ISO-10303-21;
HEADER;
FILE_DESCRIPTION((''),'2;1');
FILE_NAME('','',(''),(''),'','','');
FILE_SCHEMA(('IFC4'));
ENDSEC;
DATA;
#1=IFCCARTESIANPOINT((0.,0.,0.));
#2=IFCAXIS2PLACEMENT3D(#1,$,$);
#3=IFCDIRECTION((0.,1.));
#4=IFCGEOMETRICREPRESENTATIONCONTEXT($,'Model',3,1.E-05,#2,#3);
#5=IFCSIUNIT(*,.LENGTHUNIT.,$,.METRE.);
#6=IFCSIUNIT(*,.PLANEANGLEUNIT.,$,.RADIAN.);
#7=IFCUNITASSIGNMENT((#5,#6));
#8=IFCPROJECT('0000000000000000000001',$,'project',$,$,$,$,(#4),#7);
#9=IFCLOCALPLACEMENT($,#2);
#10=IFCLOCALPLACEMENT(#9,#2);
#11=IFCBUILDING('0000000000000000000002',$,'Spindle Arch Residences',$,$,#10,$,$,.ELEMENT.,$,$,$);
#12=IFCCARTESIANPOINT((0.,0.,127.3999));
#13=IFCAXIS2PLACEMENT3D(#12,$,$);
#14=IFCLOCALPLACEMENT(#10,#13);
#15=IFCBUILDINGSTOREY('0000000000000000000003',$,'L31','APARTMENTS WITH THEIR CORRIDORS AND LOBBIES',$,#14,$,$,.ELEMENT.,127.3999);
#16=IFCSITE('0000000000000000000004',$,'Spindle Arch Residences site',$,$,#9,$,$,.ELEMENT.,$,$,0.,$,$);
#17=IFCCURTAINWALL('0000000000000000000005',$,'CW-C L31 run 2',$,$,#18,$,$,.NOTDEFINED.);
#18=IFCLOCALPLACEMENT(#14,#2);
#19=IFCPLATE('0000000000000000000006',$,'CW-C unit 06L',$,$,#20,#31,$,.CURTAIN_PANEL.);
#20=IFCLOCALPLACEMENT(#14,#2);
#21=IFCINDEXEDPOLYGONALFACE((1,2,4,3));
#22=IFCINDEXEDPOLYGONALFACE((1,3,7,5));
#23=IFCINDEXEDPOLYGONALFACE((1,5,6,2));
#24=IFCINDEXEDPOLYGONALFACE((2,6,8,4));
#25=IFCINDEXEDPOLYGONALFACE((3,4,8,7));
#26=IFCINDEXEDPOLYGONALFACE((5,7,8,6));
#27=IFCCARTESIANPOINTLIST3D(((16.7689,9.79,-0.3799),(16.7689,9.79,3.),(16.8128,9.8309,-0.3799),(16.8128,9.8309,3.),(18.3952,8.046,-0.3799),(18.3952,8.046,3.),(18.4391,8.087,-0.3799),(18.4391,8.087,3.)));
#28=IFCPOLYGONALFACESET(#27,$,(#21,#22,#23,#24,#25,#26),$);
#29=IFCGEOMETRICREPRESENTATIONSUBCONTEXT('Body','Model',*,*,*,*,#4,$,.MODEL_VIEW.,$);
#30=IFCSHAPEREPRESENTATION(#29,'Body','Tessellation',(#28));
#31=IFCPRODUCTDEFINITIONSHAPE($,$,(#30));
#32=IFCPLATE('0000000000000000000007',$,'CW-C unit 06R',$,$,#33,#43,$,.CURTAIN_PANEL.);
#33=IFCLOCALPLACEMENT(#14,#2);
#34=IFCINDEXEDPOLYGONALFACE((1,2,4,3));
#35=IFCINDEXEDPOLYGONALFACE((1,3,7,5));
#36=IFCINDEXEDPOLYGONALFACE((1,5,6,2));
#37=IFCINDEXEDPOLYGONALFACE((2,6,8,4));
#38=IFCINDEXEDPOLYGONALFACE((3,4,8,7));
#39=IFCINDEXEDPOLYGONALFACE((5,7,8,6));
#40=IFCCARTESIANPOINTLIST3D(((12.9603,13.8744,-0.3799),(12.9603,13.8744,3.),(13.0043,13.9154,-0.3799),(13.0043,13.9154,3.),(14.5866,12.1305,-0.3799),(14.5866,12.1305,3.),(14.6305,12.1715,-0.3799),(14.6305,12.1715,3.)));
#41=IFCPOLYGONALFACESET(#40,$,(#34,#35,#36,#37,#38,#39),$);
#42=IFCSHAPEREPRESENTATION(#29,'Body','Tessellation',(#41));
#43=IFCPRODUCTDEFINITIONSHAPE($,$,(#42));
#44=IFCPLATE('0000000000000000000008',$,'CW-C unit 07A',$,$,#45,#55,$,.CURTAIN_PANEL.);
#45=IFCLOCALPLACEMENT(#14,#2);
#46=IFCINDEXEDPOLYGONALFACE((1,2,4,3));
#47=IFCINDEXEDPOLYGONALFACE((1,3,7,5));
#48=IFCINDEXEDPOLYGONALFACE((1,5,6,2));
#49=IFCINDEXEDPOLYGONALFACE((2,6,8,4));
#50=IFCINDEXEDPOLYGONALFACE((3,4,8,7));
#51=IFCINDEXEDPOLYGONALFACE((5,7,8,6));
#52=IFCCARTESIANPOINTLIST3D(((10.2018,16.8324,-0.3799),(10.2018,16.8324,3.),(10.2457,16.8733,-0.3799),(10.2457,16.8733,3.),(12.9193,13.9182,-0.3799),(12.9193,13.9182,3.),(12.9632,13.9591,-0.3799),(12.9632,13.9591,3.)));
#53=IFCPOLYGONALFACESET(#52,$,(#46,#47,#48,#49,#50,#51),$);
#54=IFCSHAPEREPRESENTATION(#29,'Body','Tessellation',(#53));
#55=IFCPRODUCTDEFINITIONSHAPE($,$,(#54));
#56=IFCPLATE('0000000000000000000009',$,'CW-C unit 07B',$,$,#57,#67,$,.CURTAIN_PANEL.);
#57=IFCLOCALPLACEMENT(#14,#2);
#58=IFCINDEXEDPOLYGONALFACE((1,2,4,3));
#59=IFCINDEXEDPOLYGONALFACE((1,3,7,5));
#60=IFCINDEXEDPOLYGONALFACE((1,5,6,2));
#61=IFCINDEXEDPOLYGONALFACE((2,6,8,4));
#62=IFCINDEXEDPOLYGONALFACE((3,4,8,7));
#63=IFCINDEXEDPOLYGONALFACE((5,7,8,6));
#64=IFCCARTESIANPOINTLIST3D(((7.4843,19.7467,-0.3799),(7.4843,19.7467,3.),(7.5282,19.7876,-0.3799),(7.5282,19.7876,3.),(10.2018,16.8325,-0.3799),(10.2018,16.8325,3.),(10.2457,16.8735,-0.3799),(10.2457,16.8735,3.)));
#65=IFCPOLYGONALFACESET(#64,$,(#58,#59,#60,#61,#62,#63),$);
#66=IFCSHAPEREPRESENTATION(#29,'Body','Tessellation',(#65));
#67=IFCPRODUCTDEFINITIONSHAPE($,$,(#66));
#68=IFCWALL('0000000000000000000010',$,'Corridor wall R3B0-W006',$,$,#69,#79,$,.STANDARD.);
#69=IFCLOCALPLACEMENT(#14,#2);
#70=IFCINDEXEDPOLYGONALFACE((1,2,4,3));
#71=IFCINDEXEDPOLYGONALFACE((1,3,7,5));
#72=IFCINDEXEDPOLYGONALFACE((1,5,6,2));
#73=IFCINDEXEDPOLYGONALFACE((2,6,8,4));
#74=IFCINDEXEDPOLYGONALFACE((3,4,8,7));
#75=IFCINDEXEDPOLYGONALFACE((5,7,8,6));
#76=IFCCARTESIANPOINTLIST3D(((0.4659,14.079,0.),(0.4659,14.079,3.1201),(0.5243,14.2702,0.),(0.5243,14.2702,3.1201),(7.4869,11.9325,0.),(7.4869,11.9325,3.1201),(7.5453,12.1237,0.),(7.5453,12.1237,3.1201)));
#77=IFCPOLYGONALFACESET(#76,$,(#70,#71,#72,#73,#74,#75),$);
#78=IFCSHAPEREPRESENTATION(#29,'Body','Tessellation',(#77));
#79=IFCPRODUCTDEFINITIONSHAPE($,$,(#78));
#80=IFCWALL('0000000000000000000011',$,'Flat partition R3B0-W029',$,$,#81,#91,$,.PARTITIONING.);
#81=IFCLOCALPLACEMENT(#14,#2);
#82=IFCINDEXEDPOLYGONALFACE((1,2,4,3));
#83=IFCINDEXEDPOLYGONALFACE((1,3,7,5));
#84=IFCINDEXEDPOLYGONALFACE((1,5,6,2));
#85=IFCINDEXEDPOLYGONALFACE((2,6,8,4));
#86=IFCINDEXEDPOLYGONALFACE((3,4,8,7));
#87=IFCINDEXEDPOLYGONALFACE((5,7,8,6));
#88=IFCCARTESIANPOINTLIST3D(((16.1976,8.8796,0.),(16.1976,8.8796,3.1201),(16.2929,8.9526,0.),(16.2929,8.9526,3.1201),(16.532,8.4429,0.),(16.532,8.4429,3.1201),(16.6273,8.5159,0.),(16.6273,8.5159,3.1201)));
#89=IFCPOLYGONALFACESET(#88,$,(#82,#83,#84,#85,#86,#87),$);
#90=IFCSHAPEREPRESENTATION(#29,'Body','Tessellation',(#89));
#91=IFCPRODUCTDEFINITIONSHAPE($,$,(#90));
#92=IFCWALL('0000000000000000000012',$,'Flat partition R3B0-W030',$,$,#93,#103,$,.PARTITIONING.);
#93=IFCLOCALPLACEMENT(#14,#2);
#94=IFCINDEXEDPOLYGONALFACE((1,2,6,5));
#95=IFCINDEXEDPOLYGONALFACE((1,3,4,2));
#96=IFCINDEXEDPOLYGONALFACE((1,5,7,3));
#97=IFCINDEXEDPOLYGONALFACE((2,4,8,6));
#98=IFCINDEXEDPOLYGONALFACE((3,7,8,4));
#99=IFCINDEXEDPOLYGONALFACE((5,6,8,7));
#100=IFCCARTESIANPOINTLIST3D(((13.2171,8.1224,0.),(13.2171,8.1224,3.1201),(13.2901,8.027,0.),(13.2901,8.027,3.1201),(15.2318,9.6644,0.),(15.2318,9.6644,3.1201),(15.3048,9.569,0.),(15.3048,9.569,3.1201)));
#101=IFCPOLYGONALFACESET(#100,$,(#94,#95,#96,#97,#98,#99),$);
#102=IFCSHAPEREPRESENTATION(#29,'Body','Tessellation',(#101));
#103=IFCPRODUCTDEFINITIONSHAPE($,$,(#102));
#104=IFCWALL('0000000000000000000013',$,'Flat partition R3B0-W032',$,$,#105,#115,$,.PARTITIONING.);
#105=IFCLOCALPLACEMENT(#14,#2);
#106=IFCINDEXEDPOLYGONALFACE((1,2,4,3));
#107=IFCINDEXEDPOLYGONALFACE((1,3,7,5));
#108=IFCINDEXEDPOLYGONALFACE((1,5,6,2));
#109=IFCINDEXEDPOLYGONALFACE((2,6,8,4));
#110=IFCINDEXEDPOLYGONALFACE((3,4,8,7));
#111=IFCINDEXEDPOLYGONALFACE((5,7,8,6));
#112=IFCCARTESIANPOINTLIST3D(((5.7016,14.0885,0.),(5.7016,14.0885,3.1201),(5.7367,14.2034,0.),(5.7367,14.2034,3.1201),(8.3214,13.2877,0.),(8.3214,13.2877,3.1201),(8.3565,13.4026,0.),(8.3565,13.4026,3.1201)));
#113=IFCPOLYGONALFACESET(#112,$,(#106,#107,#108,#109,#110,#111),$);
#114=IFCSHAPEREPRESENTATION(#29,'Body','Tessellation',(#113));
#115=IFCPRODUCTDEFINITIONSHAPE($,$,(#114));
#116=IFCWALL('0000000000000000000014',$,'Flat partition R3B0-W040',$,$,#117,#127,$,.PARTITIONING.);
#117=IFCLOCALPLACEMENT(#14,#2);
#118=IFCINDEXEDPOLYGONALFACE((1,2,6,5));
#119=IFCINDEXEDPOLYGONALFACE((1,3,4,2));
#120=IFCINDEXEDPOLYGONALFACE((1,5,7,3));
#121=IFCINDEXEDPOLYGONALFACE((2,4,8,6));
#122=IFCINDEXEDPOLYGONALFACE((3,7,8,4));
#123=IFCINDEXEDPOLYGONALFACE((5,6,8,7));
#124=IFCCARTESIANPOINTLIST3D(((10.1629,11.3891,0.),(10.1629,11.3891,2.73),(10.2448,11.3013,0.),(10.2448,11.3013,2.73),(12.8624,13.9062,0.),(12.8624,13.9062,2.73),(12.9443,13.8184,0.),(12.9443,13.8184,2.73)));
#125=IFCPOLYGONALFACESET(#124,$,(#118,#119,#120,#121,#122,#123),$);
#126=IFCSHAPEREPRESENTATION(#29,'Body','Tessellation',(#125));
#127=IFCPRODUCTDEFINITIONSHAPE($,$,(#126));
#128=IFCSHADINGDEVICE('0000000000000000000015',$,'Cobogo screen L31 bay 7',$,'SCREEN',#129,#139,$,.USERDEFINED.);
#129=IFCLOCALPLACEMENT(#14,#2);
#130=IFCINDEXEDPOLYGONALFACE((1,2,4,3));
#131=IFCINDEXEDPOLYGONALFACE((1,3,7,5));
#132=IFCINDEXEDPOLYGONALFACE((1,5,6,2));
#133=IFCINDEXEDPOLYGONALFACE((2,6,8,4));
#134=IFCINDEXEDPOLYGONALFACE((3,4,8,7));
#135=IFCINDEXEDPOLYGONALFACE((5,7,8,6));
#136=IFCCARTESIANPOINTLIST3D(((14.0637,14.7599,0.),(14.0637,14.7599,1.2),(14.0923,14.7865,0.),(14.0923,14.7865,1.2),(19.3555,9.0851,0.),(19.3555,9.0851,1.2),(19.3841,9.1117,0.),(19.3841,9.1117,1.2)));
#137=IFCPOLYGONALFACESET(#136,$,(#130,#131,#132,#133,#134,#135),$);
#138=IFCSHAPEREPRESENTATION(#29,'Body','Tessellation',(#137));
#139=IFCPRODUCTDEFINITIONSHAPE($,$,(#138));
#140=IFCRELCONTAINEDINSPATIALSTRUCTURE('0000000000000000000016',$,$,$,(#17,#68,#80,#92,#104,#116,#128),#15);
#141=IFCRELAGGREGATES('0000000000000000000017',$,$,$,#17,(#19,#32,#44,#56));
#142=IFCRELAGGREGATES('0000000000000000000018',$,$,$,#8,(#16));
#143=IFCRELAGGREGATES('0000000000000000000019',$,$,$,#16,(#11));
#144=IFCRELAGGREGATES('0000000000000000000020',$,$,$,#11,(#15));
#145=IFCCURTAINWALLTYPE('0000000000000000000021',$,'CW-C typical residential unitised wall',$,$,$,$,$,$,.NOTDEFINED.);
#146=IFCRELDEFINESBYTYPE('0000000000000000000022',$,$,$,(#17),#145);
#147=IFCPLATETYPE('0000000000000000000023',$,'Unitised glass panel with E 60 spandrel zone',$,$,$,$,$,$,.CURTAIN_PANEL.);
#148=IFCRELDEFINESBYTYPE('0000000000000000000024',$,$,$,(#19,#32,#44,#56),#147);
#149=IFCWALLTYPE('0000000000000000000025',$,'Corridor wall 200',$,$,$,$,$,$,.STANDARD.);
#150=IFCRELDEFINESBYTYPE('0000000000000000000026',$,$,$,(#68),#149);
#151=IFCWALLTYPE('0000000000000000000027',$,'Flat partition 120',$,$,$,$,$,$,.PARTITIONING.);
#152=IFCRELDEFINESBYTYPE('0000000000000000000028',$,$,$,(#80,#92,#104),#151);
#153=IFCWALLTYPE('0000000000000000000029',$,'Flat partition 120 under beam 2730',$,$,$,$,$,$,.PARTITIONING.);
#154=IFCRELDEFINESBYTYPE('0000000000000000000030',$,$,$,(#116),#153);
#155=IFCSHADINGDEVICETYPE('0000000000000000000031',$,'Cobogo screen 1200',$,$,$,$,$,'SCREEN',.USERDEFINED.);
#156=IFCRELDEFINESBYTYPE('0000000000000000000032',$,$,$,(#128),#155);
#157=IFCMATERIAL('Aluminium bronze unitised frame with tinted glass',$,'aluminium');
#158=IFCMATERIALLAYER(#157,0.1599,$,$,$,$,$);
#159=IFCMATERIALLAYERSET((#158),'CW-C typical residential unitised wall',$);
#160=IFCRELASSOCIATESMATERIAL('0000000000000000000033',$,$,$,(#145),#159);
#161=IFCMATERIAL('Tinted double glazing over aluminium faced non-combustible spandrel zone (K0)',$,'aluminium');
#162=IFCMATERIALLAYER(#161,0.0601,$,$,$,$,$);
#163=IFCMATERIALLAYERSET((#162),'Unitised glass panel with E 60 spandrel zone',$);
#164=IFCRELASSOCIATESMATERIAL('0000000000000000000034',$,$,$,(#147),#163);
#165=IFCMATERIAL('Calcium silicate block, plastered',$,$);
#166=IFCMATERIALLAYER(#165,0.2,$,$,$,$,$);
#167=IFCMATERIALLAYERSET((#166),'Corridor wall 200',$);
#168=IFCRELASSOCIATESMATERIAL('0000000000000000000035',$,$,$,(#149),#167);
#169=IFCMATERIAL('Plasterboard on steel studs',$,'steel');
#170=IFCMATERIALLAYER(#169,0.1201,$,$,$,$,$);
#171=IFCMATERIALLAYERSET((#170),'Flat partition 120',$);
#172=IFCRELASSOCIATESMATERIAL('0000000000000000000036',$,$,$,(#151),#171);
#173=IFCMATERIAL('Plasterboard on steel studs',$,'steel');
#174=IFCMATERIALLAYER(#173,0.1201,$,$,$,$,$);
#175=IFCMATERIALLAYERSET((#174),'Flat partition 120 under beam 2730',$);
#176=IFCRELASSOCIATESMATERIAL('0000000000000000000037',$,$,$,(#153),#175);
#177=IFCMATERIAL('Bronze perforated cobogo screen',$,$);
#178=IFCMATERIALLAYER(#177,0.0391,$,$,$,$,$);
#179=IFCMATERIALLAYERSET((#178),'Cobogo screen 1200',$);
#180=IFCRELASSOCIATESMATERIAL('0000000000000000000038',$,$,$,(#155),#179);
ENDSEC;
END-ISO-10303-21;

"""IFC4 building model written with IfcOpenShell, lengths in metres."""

from ifc_helpers import new_model, si_unit, direction, frame, frame_2d, origin, origin_2d, place, context, subcontext, project, spatial, rectangle, extrude, material, layer, layer_set, type_object, element, aggregate, save


model = new_model("IFC4")

# Units and contexts
model_context = context("Model", 3, precision=1e-05, world=origin(), true_north=direction((0.0, 1.0)))
body_context = subcontext(model_context, "Body", "Model", "MODEL_VIEW")
ifc_project = project(units=[si_unit("LENGTHUNIT", "METRE"), si_unit("PLANEANGLEUNIT", "RADIAN")], contexts=[model_context])

# Site, building, storey
site_placement = place(None, origin())
site = spatial("IfcSite", under=ifc_project, at=site_placement, Name="Spindle Arch Residences site", CompositionType="ELEMENT", RefElevation=0.0)
building_placement = place(site_placement, origin())
building = spatial("IfcBuilding", under=site, at=building_placement, Name="Spindle Arch Residences", CompositionType="ELEMENT")
storey_placement = place(building_placement, frame((0.0, 0.0, 127.3999)))
storey = spatial("IfcBuildingStorey", under=building, at=storey_placement, Name="L31", Description="APARTMENTS WITH THEIR CORRIDORS AND LOBBIES", CompositionType="ELEMENT", Elevation=127.3999)

# Curtain wall
ifc_material_1 = material(Name="Aluminium bronze unitised frame with tinted glass", Category="aluminium")
ifc_layer_1 = layer(ifc_material_1, 0.1599)
ifc_layer_set_1 = layer_set([ifc_layer_1], Name="CW-C typical residential unitised wall")
curtain_wall_type = type_object("IfcCurtainWallType", Name="CW-C typical residential unitised wall", PredefinedType="NOTDEFINED", material=ifc_layer_set_1)
curtain_wall_placement = place(storey_placement, origin())
curtain_wall = element("IfcCurtainWall", 1, at=curtain_wall_placement, inside=storey, type_object=curtain_wall_type, Name="CW-C L31 run 2", PredefinedType="NOTDEFINED")

# Plates
ifc_material_2 = material(Name="Tinted double glazing over aluminium faced non-combustible spandrel zone (K0)", Category="aluminium")
ifc_layer_2 = layer(ifc_material_2, 0.0601)
ifc_layer_set_2 = layer_set([ifc_layer_2], Name="Unitised glass panel with E 60 spandrel zone")
plate_type = type_object("IfcPlateType", Name="Unitised glass panel with E 60 spandrel zone", PredefinedType="CURTAIN_PANEL", material=ifc_layer_set_2)
plate_1_placement = place(storey_placement, frame((17.604, 8.9385, -0.3799), z_axis=(0.0, 0.0, 1.0), x_axis=(-0.681998, 0.731354, 0.0)))
plate_1 = element("IfcPlate", 2, at=plate_1_placement, type_object=plate_type, Name="CW-C unit 06L", PredefinedType="CURTAIN_PANEL", context=body_context, shape_type="SweptSolid", body=[
    extrude(rectangle(XDim=2.3845, YDim=0.0601, at=origin_2d()), origin(), (0.0, 0.0, 1.0), 3.3799),
])
plate_2_placement = place(storey_placement, frame((13.7954, 13.0229, -0.3799), z_axis=(0.0, 0.0, 1.0), x_axis=(-0.681998, 0.731354, 0.0)))
plate_2 = element("IfcPlate", 3, at=plate_2_placement, type_object=plate_type, Name="CW-C unit 06R", PredefinedType="CURTAIN_PANEL", context=body_context, shape_type="SweptSolid", body=[
    extrude(rectangle(XDim=2.3845, YDim=0.0601, at=origin_2d()), origin(), (0.0, 0.0, 1.0), 3.3799),
])
plate_3_placement = place(storey_placement, frame((11.5825, 15.3958, -0.3799), z_axis=(0.0, 0.0, 1.0), x_axis=(-0.681998, 0.731354, 0.0)))
plate_3 = element("IfcPlate", 4, at=plate_3_placement, type_object=plate_type, Name="CW-C unit 07A", PredefinedType="CURTAIN_PANEL", context=body_context, shape_type="SweptSolid", body=[
    extrude(rectangle(XDim=3.9846, YDim=0.0601, at=origin_2d()), origin(), (0.0, 0.0, 1.0), 3.3799),
])
plate_4_placement = place(storey_placement, frame((8.865, 18.3101, -0.3799), z_axis=(0.0, 0.0, 1.0), x_axis=(-0.681998, 0.731354, 0.0)))
plate_4 = element("IfcPlate", 5, at=plate_4_placement, type_object=plate_type, Name="CW-C unit 07B", PredefinedType="CURTAIN_PANEL", context=body_context, shape_type="SweptSolid", body=[
    extrude(rectangle(XDim=3.9846, YDim=0.0601, at=origin_2d()), origin(), (0.0, 0.0, 1.0), 3.3799),
])
aggregate(curtain_wall, [plate_1, plate_2, plate_3, plate_4])

# Walls
ifc_material_3 = material(Name="Calcium silicate block, plastered")
ifc_layer_3 = layer(ifc_material_3, 0.2)
ifc_layer_set_3 = layer_set([ifc_layer_3], Name="Corridor wall 200")
wall_type_1 = type_object("IfcWallType", Name="Corridor wall 200", PredefinedType="STANDARD", material=ifc_layer_set_3)
wall_1_placement = place(storey_placement, frame((7.5161, 12.0281, 0.0), z_axis=(0.0, 0.0, 1.0), x_axis=(-0.956307, 0.292366, 0.0)))
element("IfcWall", 6, at=wall_1_placement, inside=storey, type_object=wall_type_1, Name="Corridor wall R3B0-W006", PredefinedType="STANDARD", context=body_context, shape_type="SweptSolid", body=[
    extrude(rectangle(XDim=7.3418, YDim=0.2, at=frame_2d((3.6709, 0.0))), origin(), (0.0, 0.0, 1.0), 3.1201),
])
ifc_material_4 = material(Name="Plasterboard on steel studs", Category="steel")
ifc_layer_4 = layer(ifc_material_4, 0.1201)
ifc_layer_set_4 = layer_set([ifc_layer_4], Name="Flat partition 120")
wall_type_2 = type_object("IfcWallType", Name="Flat partition 120", PredefinedType="PARTITIONING", material=ifc_layer_set_4)
wall_2_placement = place(storey_placement, frame((16.5796, 8.4795, 0.0), z_axis=(0.0, 0.0, 1.0), x_axis=(-0.607994, 0.793942, 0.0)))
element("IfcWall", 7, at=wall_2_placement, inside=storey, type_object=wall_type_2, Name="Flat partition R3B0-W029", PredefinedType="PARTITIONING", context=body_context, shape_type="SweptSolid", body=[
    extrude(rectangle(XDim=0.55, YDim=0.1201, at=frame_2d((0.2749, 0.0))), origin(), (0.0, 0.0, 1.0), 3.1201),
])
wall_3_placement = place(storey_placement, frame((15.2683, 9.6167, 0.0), z_axis=(0.0, 0.0, 1.0), x_axis=(-0.794096, -0.607793, 0.0)))
element("IfcWall", 8, at=wall_3_placement, inside=storey, type_object=wall_type_2, Name="Flat partition R3B0-W030", PredefinedType="PARTITIONING", context=body_context, shape_type="SweptSolid", body=[
    extrude(rectangle(XDim=2.5371, YDim=0.1201, at=frame_2d((1.2686, 0.0))), origin(), (0.0, 0.0, 1.0), 3.1201),
])
wall_4_placement = place(storey_placement, frame((8.3389, 13.3452, 0.0), z_axis=(0.0, 0.0, 1.0), x_axis=(-0.956325, 0.292307, 0.0)))
element("IfcWall", 9, at=wall_4_placement, inside=storey, type_object=wall_type_2, Name="Flat partition R3B0-W032", PredefinedType="PARTITIONING", context=body_context, shape_type="SweptSolid", body=[
    extrude(rectangle(XDim=2.7395, YDim=0.1201, at=frame_2d((1.3696, 0.0))), origin(), (0.0, 0.0, 1.0), 3.1201),
])
ifc_material_5 = material(Name="Plasterboard on steel studs", Category="steel")
ifc_layer_5 = layer(ifc_material_5, 0.1201)
ifc_layer_set_5 = layer_set([ifc_layer_5], Name="Flat partition 120 under beam 2730")
wall_type_3 = type_object("IfcWallType", Name="Flat partition 120 under beam 2730", PredefinedType="PARTITIONING", material=ifc_layer_set_5)
wall_5_placement = place(storey_placement, frame((12.9033, 13.8623, 0.0), z_axis=(0.0, 0.0, 1.0), x_axis=(-0.731381, -0.681969, 0.0)))
element("IfcWall", 10, at=wall_5_placement, inside=storey, type_object=wall_type_3, Name="Flat partition R3B0-W040", PredefinedType="PARTITIONING", context=body_context, shape_type="SweptSolid", body=[
    extrude(rectangle(XDim=3.6909, YDim=0.1201, at=frame_2d((1.8455, 0.0))), origin(), (0.0, 0.0, 1.0), 2.73),
])

# Shading device
ifc_material_6 = material(Name="Bronze perforated cobogo screen")
ifc_layer_6 = layer(ifc_material_6, 0.0391)
ifc_layer_set_6 = layer_set([ifc_layer_6], Name="Cobogo screen 1200")
shading_device_type = type_object("IfcShadingDeviceType", Name="Cobogo screen 1200", ElementType="SCREEN", PredefinedType="USERDEFINED", material=ifc_layer_set_6)
shading_device_placement = place(storey_placement, frame((16.7239, 11.9358, 0.0), z_axis=(0.0, 0.0, 1.0), x_axis=(-0.681998, 0.731354, 0.0)))
element("IfcShadingDevice", 11, at=shading_device_placement, inside=storey, type_object=shading_device_type, Name="Cobogo screen L31 bay 7", ObjectType="SCREEN", PredefinedType="USERDEFINED", context=body_context, shape_type="SweptSolid", body=[
    extrude(rectangle(XDim=7.7593, YDim=0.0391, at=origin_2d()), origin(), (0.0, 0.0, 1.0), 1.2),
])

save(model, "model.ifc")
